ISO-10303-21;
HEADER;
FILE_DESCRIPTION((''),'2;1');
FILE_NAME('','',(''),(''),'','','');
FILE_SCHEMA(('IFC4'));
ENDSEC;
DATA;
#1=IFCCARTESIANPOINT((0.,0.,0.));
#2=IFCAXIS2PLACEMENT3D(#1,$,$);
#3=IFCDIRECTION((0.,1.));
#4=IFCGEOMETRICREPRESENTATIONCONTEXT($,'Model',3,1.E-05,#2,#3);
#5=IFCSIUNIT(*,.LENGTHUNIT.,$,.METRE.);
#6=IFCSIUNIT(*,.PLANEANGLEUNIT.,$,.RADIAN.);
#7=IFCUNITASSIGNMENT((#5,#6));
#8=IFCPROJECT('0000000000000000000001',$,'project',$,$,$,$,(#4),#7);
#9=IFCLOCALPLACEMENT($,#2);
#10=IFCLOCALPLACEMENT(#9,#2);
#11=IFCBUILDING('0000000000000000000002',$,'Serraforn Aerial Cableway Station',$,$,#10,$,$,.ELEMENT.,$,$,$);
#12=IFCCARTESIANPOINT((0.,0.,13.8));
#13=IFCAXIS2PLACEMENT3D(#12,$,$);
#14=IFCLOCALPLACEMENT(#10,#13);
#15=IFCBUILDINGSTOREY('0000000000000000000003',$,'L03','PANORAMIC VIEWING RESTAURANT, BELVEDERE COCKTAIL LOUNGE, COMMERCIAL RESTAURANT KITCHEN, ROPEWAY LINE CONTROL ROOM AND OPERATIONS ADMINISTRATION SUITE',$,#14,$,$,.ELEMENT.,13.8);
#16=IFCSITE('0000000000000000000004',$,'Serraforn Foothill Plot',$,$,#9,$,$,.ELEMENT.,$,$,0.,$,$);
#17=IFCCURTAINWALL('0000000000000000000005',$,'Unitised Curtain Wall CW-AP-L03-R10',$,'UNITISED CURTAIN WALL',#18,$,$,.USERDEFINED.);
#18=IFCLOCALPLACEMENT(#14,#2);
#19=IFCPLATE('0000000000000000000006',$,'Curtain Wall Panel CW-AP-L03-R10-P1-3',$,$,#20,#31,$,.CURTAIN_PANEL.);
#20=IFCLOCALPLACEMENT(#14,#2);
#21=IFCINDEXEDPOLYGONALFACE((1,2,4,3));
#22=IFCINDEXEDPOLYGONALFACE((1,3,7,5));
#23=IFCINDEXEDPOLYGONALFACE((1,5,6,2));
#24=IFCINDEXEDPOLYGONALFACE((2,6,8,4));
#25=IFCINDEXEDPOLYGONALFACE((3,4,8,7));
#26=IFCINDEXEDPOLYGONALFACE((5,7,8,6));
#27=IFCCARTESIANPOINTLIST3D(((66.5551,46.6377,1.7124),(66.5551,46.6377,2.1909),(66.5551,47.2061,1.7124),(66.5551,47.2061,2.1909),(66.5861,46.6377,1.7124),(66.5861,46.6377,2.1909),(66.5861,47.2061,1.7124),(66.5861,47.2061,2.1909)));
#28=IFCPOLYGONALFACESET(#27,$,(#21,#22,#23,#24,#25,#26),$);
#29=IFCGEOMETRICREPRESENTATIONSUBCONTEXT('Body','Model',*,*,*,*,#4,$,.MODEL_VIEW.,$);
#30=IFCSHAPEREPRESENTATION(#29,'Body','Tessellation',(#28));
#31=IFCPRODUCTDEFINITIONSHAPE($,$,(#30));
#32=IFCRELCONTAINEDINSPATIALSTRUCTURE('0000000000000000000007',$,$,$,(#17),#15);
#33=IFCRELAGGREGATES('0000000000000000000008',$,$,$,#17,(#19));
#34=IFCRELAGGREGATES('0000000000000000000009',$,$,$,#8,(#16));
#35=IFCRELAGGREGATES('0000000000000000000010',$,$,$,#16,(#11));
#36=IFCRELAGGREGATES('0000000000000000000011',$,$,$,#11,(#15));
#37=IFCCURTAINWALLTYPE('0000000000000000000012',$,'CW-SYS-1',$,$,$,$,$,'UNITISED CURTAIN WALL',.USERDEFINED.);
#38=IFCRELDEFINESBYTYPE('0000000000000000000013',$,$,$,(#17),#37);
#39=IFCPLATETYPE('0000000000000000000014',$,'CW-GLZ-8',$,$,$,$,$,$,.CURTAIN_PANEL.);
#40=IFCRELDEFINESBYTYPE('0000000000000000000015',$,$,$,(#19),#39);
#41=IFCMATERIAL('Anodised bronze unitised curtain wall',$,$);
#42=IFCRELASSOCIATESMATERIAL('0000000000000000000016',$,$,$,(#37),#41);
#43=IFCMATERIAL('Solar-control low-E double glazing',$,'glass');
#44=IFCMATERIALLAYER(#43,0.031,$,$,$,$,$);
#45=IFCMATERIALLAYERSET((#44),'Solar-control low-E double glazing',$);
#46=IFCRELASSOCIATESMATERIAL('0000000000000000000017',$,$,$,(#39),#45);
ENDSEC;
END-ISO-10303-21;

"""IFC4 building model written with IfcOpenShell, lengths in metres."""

from ifc_helpers import new_model, si_unit, direction, frame, origin, origin_2d, place, context, subcontext, project, spatial, rectangle, extrude, material, layer, layer_set, type_object, element, aggregate, save


model = new_model("IFC4")

# Units and contexts
model_context = context("Model", 3, precision=1e-05, world=origin(), true_north=direction((0.0, 1.0)))
body_context = subcontext(model_context, "Body", "Model", "MODEL_VIEW")
ifc_project = project(units=[si_unit("LENGTHUNIT", "METRE"), si_unit("PLANEANGLEUNIT", "RADIAN")], contexts=[model_context])

# Site, building, storey
site_placement = place(None, origin())
site = spatial("IfcSite", under=ifc_project, at=site_placement, Name="Serraforn Foothill Plot", CompositionType="ELEMENT", RefElevation=0.0)
building_placement = place(site_placement, origin())
building = spatial("IfcBuilding", under=site, at=building_placement, Name="Serraforn Aerial Cableway Station", CompositionType="ELEMENT")
storey_placement = place(building_placement, frame((0.0, 0.0, 13.8)))
storey = spatial("IfcBuildingStorey", under=building, at=storey_placement, Name="L03", Description="PANORAMIC VIEWING RESTAURANT, BELVEDERE COCKTAIL LOUNGE, COMMERCIAL RESTAURANT KITCHEN, ROPEWAY LINE CONTROL ROOM AND OPERATIONS ADMINISTRATION SUITE", CompositionType="ELEMENT", Elevation=13.8)

# Shared definitions
ifc_material_1 = material(Name="Anodised bronze unitised curtain wall")

# Curtain wall
curtain_wall_type_1 = type_object("IfcCurtainWallType", Name="CW-SYS-1", ElementType="UNITISED CURTAIN WALL", PredefinedType="USERDEFINED", material=ifc_material_1)
curtain_wall_1_placement = place(storey_placement, origin())
curtain_wall_1 = element("IfcCurtainWall", 1, at=curtain_wall_1_placement, inside=storey, type_object=curtain_wall_type_1, Name="Unitised Curtain Wall CW-AP-L03-R10", ObjectType="UNITISED CURTAIN WALL", PredefinedType="USERDEFINED")

# Plate
ifc_material_2 = material(Name="Solar-control low-E double glazing", Category="glass")
ifc_layer_1 = layer(ifc_material_2, 0.031)
ifc_layer_set_1 = layer_set([ifc_layer_1], Name="Solar-control low-E double glazing")
plate_type_1 = type_object("IfcPlateType", Name="CW-GLZ-8", PredefinedType="CURTAIN_PANEL", material=ifc_layer_set_1)
plate_1_placement = place(storey_placement, frame((66.5706, 46.9219, 1.7124), z_axis=(0.0, 0.0, 1.0), x_axis=(1.0, 0.0, 0.0)))
plate_1 = element("IfcPlate", 2, at=plate_1_placement, type_object=plate_type_1, Name="Curtain Wall Panel CW-AP-L03-R10-P1-3", PredefinedType="CURTAIN_PANEL", context=body_context, shape_type="SweptSolid", body=[
    extrude(rectangle(XDim=0.031, YDim=0.5684, at=origin_2d()), origin(), (0.0, 0.0, 1.0), 0.4785),
])
aggregate(curtain_wall_1, [plate_1])

save(model, "model.ifc")
